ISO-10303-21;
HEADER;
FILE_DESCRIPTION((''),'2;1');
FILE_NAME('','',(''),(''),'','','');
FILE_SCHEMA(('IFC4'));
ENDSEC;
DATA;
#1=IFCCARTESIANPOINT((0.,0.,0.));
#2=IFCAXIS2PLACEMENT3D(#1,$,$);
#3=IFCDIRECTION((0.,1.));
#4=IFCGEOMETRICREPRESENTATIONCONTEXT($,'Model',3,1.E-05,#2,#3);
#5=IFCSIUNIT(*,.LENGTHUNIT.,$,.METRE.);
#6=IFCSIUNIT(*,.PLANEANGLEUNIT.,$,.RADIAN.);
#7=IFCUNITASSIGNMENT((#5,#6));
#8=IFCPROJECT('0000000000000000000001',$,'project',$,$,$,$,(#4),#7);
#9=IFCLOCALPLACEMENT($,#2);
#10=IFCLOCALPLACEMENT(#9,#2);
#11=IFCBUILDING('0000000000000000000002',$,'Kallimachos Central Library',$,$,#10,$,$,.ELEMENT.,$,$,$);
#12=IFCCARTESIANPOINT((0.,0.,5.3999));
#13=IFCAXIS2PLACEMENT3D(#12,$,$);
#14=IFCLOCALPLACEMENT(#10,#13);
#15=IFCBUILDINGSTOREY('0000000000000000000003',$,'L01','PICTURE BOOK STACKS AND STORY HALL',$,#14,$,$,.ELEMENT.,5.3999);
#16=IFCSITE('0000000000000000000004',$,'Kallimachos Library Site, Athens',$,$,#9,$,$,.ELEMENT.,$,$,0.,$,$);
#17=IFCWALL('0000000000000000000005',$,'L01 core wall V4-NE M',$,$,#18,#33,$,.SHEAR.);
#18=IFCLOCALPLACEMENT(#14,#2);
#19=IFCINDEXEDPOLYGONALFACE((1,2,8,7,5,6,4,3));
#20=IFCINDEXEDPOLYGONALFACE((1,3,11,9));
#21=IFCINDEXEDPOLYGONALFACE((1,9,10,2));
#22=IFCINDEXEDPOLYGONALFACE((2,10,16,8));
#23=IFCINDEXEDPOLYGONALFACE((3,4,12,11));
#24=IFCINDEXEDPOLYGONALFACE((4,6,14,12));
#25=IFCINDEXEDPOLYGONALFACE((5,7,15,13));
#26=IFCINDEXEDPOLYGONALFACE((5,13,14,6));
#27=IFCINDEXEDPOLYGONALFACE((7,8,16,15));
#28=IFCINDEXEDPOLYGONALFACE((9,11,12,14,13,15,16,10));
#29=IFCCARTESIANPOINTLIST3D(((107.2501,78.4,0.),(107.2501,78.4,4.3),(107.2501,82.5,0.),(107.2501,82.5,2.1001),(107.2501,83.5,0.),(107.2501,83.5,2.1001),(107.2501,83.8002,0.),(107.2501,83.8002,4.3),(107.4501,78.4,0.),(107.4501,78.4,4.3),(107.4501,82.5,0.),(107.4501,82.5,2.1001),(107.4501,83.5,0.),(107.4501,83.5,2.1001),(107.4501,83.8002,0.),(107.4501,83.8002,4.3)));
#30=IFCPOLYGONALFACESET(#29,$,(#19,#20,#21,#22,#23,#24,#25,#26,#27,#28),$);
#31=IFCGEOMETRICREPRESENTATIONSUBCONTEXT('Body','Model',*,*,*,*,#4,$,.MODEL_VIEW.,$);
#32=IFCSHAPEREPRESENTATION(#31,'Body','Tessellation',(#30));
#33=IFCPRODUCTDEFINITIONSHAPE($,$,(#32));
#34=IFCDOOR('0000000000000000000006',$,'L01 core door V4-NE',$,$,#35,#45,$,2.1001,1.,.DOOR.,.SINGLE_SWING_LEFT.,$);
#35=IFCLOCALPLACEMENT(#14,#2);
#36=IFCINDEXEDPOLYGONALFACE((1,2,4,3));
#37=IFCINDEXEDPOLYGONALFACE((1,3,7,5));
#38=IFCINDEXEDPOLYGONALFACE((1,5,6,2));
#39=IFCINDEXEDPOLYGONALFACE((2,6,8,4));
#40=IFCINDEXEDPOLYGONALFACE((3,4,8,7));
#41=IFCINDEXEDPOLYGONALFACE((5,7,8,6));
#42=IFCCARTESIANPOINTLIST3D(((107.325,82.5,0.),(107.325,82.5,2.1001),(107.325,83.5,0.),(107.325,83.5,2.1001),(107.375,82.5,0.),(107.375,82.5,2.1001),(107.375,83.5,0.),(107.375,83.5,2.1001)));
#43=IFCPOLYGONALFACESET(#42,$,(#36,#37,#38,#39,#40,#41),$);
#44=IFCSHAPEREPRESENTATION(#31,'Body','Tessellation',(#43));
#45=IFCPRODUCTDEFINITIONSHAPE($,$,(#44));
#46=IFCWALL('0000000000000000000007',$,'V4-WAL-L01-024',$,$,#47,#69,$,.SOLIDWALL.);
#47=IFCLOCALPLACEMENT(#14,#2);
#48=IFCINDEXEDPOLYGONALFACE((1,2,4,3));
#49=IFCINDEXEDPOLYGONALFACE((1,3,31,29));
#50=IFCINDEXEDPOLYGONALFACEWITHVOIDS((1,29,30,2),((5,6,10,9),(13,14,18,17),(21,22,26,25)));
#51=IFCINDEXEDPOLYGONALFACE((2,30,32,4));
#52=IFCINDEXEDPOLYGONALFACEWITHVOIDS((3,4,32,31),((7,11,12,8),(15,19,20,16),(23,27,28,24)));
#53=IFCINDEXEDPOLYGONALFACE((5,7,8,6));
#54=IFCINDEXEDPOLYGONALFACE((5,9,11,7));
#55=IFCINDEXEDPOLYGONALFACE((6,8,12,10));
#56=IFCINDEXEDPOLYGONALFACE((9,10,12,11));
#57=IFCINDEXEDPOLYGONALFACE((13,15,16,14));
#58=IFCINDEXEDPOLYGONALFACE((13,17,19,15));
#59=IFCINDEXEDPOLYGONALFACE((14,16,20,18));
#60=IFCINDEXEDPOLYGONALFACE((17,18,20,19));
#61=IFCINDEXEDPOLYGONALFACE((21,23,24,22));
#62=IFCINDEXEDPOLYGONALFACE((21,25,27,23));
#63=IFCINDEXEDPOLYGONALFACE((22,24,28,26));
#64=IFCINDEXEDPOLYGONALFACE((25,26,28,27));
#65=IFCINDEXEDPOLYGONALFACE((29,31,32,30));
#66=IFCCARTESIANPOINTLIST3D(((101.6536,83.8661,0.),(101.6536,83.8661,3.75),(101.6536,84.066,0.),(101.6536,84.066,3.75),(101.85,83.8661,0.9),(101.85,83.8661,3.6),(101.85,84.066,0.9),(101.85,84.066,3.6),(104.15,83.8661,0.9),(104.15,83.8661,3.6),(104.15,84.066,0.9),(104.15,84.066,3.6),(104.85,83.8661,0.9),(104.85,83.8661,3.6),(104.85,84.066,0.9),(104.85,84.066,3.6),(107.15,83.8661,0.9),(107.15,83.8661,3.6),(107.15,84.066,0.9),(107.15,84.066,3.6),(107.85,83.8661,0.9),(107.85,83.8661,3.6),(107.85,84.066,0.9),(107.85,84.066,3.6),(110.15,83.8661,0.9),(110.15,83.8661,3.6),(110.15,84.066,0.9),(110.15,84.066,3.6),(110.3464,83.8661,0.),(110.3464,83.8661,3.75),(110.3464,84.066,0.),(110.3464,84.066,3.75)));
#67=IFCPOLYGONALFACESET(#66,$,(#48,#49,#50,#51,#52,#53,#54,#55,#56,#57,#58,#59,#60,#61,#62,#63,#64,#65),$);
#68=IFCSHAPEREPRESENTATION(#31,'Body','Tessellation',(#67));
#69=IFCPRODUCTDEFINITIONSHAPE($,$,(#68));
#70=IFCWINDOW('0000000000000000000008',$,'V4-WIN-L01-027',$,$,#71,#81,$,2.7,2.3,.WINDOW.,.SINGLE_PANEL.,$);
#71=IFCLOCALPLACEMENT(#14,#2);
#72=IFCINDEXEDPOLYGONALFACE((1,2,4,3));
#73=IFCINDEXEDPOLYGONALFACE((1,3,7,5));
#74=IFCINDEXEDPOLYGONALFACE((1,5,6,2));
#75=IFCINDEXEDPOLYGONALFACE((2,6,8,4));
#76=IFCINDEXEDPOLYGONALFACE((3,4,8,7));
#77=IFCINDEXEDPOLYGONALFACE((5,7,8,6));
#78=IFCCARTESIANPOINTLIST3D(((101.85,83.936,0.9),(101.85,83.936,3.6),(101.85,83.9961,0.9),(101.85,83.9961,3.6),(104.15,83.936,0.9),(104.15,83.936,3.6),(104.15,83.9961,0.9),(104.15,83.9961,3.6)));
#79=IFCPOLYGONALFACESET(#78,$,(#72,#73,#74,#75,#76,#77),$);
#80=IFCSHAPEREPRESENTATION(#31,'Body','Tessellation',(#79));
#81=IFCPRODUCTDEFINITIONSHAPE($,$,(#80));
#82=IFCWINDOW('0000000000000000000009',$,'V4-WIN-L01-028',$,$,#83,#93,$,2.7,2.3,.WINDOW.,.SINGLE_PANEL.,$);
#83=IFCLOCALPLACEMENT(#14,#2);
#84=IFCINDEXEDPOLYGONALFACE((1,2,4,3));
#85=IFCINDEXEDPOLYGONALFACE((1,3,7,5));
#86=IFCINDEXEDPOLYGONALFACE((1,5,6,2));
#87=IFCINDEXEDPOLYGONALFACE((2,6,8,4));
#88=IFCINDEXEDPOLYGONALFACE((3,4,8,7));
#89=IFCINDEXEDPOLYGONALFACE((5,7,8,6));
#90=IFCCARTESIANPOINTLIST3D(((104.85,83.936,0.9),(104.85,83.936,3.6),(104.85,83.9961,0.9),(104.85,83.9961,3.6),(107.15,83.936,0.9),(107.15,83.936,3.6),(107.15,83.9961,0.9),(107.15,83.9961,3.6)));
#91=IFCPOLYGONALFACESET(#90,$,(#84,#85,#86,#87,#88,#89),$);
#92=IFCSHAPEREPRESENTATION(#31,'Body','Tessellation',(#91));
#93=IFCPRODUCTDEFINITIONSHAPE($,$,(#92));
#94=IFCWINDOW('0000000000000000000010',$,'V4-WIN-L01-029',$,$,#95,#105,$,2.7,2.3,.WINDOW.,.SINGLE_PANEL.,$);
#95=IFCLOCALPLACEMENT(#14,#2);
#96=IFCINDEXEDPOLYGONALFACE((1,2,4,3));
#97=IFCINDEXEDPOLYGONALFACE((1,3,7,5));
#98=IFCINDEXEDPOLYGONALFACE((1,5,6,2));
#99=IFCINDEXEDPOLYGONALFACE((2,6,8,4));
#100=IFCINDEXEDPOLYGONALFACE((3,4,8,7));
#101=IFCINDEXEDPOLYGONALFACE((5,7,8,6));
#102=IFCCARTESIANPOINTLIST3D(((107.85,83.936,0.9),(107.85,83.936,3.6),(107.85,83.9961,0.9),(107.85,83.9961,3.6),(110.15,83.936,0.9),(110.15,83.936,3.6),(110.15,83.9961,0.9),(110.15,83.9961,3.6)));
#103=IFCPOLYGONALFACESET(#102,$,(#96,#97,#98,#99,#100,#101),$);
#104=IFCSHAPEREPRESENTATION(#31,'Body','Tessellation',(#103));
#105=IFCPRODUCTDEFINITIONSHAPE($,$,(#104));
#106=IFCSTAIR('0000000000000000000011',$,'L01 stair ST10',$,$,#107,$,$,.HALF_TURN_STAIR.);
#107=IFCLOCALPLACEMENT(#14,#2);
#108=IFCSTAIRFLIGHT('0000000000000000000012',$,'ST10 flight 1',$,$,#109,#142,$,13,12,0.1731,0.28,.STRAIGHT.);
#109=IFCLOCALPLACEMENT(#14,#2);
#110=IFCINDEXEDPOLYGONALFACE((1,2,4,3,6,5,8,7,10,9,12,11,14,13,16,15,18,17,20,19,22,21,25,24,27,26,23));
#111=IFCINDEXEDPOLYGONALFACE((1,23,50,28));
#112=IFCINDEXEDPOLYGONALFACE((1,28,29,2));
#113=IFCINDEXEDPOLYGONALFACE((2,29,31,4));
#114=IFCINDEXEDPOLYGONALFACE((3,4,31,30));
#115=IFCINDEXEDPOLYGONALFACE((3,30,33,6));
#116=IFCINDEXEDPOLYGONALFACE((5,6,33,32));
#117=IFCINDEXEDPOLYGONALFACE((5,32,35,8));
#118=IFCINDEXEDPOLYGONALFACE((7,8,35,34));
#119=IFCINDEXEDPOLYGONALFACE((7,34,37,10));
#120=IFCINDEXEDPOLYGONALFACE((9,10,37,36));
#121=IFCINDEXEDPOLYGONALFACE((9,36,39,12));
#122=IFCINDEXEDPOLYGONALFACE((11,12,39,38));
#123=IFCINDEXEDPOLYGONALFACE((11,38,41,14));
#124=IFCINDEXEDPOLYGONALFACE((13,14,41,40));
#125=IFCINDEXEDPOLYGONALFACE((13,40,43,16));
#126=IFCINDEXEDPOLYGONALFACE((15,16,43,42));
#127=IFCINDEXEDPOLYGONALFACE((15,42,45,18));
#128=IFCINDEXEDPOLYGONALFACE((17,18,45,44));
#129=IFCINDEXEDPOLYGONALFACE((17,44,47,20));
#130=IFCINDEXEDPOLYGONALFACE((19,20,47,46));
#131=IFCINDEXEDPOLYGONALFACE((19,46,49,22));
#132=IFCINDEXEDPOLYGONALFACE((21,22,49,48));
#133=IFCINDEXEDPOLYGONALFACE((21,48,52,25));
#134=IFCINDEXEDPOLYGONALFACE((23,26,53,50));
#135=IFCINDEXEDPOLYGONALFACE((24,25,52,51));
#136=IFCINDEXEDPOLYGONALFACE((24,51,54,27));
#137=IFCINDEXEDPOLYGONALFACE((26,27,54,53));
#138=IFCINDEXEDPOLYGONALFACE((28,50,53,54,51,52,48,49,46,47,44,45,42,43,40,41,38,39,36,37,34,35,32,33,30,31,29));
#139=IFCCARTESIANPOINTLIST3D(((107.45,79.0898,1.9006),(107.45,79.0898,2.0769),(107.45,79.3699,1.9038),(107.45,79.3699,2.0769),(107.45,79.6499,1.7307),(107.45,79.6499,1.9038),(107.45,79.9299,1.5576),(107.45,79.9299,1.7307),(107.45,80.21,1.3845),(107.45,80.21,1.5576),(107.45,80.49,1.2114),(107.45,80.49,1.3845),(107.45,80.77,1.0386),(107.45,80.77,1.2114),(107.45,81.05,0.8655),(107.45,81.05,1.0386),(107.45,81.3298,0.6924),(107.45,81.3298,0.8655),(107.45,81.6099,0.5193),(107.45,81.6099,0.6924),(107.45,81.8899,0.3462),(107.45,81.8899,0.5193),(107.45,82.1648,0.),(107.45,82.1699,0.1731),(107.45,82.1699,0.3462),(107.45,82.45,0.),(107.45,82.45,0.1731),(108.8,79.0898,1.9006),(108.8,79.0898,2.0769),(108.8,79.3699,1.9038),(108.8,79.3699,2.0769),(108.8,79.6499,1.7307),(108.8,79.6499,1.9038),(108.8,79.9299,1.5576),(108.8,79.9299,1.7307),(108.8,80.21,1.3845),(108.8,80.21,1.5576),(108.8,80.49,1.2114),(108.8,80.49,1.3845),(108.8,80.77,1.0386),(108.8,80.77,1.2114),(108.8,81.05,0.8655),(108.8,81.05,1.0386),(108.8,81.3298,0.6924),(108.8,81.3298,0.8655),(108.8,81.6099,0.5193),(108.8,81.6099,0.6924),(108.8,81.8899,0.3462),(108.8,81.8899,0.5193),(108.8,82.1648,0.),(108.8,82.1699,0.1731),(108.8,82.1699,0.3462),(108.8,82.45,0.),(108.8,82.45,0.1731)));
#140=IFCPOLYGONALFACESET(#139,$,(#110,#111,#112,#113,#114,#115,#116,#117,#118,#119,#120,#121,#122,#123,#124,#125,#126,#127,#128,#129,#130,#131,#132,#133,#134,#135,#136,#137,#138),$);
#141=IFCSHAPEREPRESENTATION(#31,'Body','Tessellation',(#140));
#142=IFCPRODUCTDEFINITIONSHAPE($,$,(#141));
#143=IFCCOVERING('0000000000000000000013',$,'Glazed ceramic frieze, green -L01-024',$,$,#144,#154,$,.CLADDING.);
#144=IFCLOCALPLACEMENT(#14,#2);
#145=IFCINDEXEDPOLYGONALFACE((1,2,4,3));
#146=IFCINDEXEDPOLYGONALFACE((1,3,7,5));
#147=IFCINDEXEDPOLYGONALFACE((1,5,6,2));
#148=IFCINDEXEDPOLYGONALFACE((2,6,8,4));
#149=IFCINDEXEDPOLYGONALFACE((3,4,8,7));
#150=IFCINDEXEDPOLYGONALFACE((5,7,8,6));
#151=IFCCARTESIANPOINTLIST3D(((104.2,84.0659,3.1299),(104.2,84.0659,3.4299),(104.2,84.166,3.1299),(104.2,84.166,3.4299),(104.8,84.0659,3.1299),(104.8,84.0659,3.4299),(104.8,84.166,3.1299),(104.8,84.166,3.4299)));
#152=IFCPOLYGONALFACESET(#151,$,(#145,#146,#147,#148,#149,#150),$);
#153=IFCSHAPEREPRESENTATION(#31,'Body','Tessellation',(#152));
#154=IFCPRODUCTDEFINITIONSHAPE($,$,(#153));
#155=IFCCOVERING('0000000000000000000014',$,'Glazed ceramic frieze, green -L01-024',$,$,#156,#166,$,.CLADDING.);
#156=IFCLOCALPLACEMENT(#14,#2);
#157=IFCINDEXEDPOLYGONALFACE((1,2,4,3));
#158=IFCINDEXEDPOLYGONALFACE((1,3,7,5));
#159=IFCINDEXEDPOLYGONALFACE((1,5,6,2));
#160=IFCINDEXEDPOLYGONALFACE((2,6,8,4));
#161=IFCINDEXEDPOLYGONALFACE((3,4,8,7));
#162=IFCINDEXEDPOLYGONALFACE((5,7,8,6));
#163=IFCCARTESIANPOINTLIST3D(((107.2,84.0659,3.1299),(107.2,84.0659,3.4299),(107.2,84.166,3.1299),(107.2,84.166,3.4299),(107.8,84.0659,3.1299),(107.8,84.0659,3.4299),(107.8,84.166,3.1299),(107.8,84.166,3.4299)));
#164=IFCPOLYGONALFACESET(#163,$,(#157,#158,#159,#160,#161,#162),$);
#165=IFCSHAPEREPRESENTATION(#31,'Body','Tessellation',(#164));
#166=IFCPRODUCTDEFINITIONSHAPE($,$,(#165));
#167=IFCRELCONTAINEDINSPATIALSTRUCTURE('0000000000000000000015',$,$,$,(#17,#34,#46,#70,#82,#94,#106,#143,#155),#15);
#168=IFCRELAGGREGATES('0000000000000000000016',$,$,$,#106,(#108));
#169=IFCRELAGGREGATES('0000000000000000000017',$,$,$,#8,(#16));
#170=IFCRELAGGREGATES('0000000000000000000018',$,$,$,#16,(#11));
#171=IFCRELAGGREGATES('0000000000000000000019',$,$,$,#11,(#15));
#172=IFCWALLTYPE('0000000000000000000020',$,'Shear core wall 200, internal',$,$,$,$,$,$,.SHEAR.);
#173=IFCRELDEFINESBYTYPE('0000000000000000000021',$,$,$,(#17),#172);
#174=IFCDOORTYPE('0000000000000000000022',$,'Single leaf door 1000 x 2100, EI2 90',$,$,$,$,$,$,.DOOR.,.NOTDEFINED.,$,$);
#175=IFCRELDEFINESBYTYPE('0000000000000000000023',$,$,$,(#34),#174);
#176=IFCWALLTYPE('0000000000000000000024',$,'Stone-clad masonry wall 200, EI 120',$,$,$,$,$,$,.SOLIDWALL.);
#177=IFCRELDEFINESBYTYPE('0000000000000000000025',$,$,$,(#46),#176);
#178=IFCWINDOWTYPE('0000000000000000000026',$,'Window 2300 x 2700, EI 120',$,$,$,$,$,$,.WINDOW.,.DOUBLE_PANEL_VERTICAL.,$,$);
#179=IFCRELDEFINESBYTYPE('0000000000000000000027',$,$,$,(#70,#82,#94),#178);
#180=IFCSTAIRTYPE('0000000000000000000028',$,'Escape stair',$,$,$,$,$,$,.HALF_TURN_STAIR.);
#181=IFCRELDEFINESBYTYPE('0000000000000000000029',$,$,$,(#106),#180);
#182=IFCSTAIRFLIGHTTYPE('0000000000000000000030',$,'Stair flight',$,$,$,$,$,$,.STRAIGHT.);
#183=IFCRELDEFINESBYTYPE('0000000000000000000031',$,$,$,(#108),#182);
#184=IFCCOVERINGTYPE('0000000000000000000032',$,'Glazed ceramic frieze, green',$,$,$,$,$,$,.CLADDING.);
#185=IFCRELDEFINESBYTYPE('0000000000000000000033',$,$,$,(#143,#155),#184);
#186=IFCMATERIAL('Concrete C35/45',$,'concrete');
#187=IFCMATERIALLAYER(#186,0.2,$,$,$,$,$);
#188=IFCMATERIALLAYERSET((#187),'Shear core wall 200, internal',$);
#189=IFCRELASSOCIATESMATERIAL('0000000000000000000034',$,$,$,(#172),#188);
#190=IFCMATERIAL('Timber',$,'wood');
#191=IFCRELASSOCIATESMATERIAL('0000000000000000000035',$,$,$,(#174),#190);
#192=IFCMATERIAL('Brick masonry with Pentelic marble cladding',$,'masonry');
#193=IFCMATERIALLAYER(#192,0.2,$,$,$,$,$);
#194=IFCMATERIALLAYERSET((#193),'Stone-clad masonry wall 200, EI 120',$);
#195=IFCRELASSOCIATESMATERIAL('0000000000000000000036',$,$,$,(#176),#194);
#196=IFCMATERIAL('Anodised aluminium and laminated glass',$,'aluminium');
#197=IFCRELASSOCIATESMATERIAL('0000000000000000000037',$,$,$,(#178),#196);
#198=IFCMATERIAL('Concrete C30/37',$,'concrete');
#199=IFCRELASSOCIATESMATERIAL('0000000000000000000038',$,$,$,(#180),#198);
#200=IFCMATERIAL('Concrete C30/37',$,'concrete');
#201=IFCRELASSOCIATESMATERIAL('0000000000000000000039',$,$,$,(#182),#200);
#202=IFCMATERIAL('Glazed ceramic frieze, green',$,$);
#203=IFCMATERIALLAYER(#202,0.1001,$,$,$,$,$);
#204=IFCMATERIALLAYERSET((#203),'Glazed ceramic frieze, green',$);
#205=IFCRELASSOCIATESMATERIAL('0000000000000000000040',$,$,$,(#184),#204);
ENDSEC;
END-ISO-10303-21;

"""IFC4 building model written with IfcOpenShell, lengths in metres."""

from ifc_helpers import new_model, si_unit, direction, frame, frame_2d, origin, origin_2d, place, context, subcontext, project, spatial, polyline, rectangle, outline, extrude, material, layer, layer_set, type_object, element, fill, aggregate, save


model = new_model("IFC4")

# Units and contexts
model_context = context("Model", 3, precision=1e-05, world=origin(), true_north=direction((0.0, 1.0)))
body_context = subcontext(model_context, "Body", "Model", "MODEL_VIEW")
ifc_project = project(units=[si_unit("LENGTHUNIT", "METRE"), si_unit("PLANEANGLEUNIT", "RADIAN")], contexts=[model_context])

# Site, building, storey
site_placement = place(None, origin())
site = spatial("IfcSite", under=ifc_project, at=site_placement, Name="Kallimachos Library Site, Athens", CompositionType="ELEMENT", RefElevation=0.0)
building_placement = place(site_placement, origin())
building = spatial("IfcBuilding", under=site, at=building_placement, Name="Kallimachos Central Library", CompositionType="ELEMENT")
storey_placement = place(building_placement, frame((0.0, 0.0, 5.3999)))
storey = spatial("IfcBuildingStorey", under=building, at=storey_placement, Name="L01", Description="PICTURE BOOK STACKS AND STORY HALL", CompositionType="ELEMENT", Elevation=5.3999)

# Shared definitions
ifc_material_1 = material(Name="Concrete C35/45", Category="concrete")
ifc_layer_1 = layer(ifc_material_1, 0.2)
ifc_layer_set_1 = layer_set([ifc_layer_1], Name="Shear core wall 200, internal")
wall_type_1 = type_object("IfcWallType", Name="Shear core wall 200, internal", PredefinedType="SHEAR", material=ifc_layer_set_1)

# Wall, opening, door
wall_1_placement = place(storey_placement, frame((107.3501, 78.3999, 0.0), z_axis=(0.0, 0.0, 1.0), x_axis=(0.0, 1.0, 0.0)))
wall_1 = element("IfcWall", 1, at=wall_1_placement, inside=storey, type_object=wall_type_1, Name="L01 core wall V4-NE M", PredefinedType="SHEAR", context=body_context, shape_type="SweptSolid", body=[
    extrude(rectangle(XDim=5.4001, YDim=0.2, at=frame_2d((2.7002, 0.0))), origin(), (0.0, 0.0, 1.0), 4.3),
])
opening_1_placement = place(wall_1_placement, frame((4.1001, 0.0, 0.0)))
opening_1 = element("IfcOpeningElement", 2, at=opening_1_placement, cuts=wall_1, PredefinedType="OPENING", context=body_context, shape_type="SweptSolid", body=[
    extrude(rectangle(XDim=1.0, YDim=2.1001, at=frame_2d((0.5, 1.05))), frame((0.0, 0.1099, 0.0), z_axis=(0.0, -1.0, 0.0), x_axis=(1.0, 0.0, 0.0)), (0.0, 0.0, 1.0), 0.22),
])
ifc_material_2 = material(Name="Timber", Category="wood")
door_type_1 = type_object("IfcDoorType", Name="Single leaf door 1000 x 2100, EI2 90", OperationType="NOTDEFINED", PredefinedType="DOOR", material=ifc_material_2)
door_1_placement = place(opening_1_placement, frame((1.0, 0.0, 0.0), z_axis=(0.0, 0.0, 1.0), x_axis=(-1.0, 0.0, 0.0)))
door_1 = element("IfcDoor", 3, at=door_1_placement, inside=storey, type_object=door_type_1, Name="L01 core door V4-NE", OperationType="SINGLE_SWING_LEFT", OverallHeight=2.1001, OverallWidth=1.0, PredefinedType="DOOR", context=body_context, shape_type="SweptSolid", body=[
    extrude(rectangle(XDim=1.0, YDim=2.1001, at=frame_2d((0.5, 1.05))), frame((0.0, 0.0249, 0.0), z_axis=(0.0, -1.0, 0.0), x_axis=(1.0, 0.0, 0.0)), (0.0, 0.0, 1.0), 0.05),
])
fill(opening_1, door_1)

# Wall, openings, windows
ifc_material_3 = material(Name="Brick masonry with Pentelic marble cladding", Category="masonry")
ifc_layer_2 = layer(ifc_material_3, 0.2)
ifc_layer_set_2 = layer_set([ifc_layer_2], Name="Stone-clad masonry wall 200, EI 120")
wall_type_2 = type_object("IfcWallType", Name="Stone-clad masonry wall 200, EI 120", PredefinedType="SOLIDWALL", material=ifc_layer_set_2)
wall_2_placement = place(storey_placement, frame((101.6536, 83.9661, 0.0), z_axis=(0.0, 0.0, 1.0), x_axis=(1.0, 0.0, 0.0)))
wall_2 = element("IfcWall", 4, at=wall_2_placement, inside=storey, type_object=wall_type_2, Name="V4-WAL-L01-024", PredefinedType="SOLIDWALL", context=body_context, shape_type="SweptSolid", body=[
    extrude(rectangle(XDim=8.6929, YDim=0.2, at=frame_2d((4.3464, 0.0))), origin(), (0.0, 0.0, 1.0), 3.75),
])
opening_2_placement = place(wall_2_placement, frame((0.1965, 0.0, 0.8999)))
opening_2 = element("IfcOpeningElement", 5, at=opening_2_placement, cuts=wall_2, PredefinedType="OPENING", context=body_context, shape_type="SweptSolid", body=[
    extrude(rectangle(XDim=2.3, YDim=2.7, at=frame_2d((1.1499, 1.3501))), frame((0.0, 0.1099, 0.0), z_axis=(0.0, -1.0, 0.0), x_axis=(1.0, 0.0, 0.0)), (0.0, 0.0, 1.0), 0.22),
])
opening_3_placement = place(wall_2_placement, frame((3.1965, 0.0, 0.8999)))
opening_3 = element("IfcOpeningElement", 6, at=opening_3_placement, cuts=wall_2, PredefinedType="OPENING", context=body_context, shape_type="SweptSolid", body=[
    extrude(rectangle(XDim=2.3, YDim=2.7, at=frame_2d((1.1499, 1.3501))), frame((0.0, 0.1099, 0.0), z_axis=(0.0, -1.0, 0.0), x_axis=(1.0, 0.0, 0.0)), (0.0, 0.0, 1.0), 0.22),
])
opening_4_placement = place(wall_2_placement, frame((6.1965, 0.0, 0.8999)))
opening_4 = element("IfcOpeningElement", 7, at=opening_4_placement, cuts=wall_2, PredefinedType="OPENING", context=body_context, shape_type="SweptSolid", body=[
    extrude(rectangle(XDim=2.3, YDim=2.7, at=frame_2d((1.1499, 1.3501))), frame((0.0, 0.1099, 0.0), z_axis=(0.0, -1.0, 0.0), x_axis=(1.0, 0.0, 0.0)), (0.0, 0.0, 1.0), 0.22),
])
ifc_material_4 = material(Name="Anodised aluminium and laminated glass", Category="aluminium")
window_type = type_object("IfcWindowType", Name="Window 2300 x 2700, EI 120", PartitioningType="DOUBLE_PANEL_VERTICAL", PredefinedType="WINDOW", material=ifc_material_4)
window_1_placement = place(opening_2_placement, origin())
window_1 = element("IfcWindow", 8, at=window_1_placement, inside=storey, type_object=window_type, Name="V4-WIN-L01-027", OverallHeight=2.7, OverallWidth=2.3, PartitioningType="SINGLE_PANEL", PredefinedType="WINDOW", context=body_context, shape_type="SweptSolid", body=[
    extrude(rectangle(XDim=2.3, YDim=2.7, at=frame_2d((1.1499, 1.3501))), frame((0.0, 0.03, 0.0), z_axis=(0.0, -1.0, 0.0), x_axis=(1.0, 0.0, 0.0)), (0.0, 0.0, 1.0), 0.0601),
])
fill(opening_2, window_1)
window_2_placement = place(opening_3_placement, origin())
window_2 = element("IfcWindow", 9, at=window_2_placement, inside=storey, type_object=window_type, Name="V4-WIN-L01-028", OverallHeight=2.7, OverallWidth=2.3, PartitioningType="SINGLE_PANEL", PredefinedType="WINDOW", context=body_context, shape_type="SweptSolid", body=[
    extrude(rectangle(XDim=2.3, YDim=2.7, at=frame_2d((1.1499, 1.3501))), frame((0.0, 0.03, 0.0), z_axis=(0.0, -1.0, 0.0), x_axis=(1.0, 0.0, 0.0)), (0.0, 0.0, 1.0), 0.0601),
])
fill(opening_3, window_2)
window_3_placement = place(opening_4_placement, origin())
window_3 = element("IfcWindow", 10, at=window_3_placement, inside=storey, type_object=window_type, Name="V4-WIN-L01-029", OverallHeight=2.7, OverallWidth=2.3, PartitioningType="SINGLE_PANEL", PredefinedType="WINDOW", context=body_context, shape_type="SweptSolid", body=[
    extrude(rectangle(XDim=2.3, YDim=2.7, at=frame_2d((1.1499, 1.3501))), frame((0.0, 0.03, 0.0), z_axis=(0.0, -1.0, 0.0), x_axis=(1.0, 0.0, 0.0)), (0.0, 0.0, 1.0), 0.0601),
])
fill(opening_4, window_3)

# Stair, stair flight
ifc_material_5 = material(Name="Concrete C30/37", Category="concrete")
stair_type = type_object("IfcStairType", Name="Escape stair", PredefinedType="HALF_TURN_STAIR", material=ifc_material_5)
stair_placement = place(storey_placement, origin())
stair = element("IfcStair", 11, at=stair_placement, inside=storey, type_object=stair_type, Name="L01 stair ST10", PredefinedType="HALF_TURN_STAIR")
ifc_material_6 = material(Name="Concrete C30/37", Category="concrete")
stair_flight_type = type_object("IfcStairFlightType", Name="Stair flight", PredefinedType="STRAIGHT", material=ifc_material_6)
stair_flight_placement = place(storey_placement, frame((108.125, 82.45, 0.0), z_axis=(0.0, 0.0, 1.0), x_axis=(0.0, -1.0, 0.0)))
stair_flight = element("IfcStairFlight", 12, at=stair_flight_placement, type_object=stair_flight_type, Name="ST10 flight 1", NumberOfRisers=13, NumberOfTreads=12, PredefinedType="STRAIGHT", RiserHeight=0.1731, TreadLength=0.28, context=body_context, shape_type="SweptSolid", body=[
    extrude(outline(polyline([(0.0, 0.0), (0.0, 0.1731), (0.28, 0.1731), (0.28, 0.3462), (0.5601, 0.3462), (0.5601, 0.5193), (0.8401, 0.5193), (0.8401, 0.6924), (1.1201, 0.6924), (1.1201, 0.8655), (1.3999, 0.8655), (1.3999, 1.0386), (1.6799, 1.0386), (1.6799, 1.2114), (1.96, 1.2114), (1.96, 1.3845), (2.24, 1.3845), (2.24, 1.5576), (2.52, 1.5576), (2.52, 1.7307), (2.8, 1.7307), (2.8, 1.9038), (3.0801, 1.9038), (3.0801, 2.0769), (3.3601, 2.0769), (3.3601, 2.25), (3.3601, 1.9006), (0.2852, 0.0), (0.0, 0.0)])), frame((0.0, 0.675, 0.0), z_axis=(0.0, -1.0, 0.0), x_axis=(1.0, 0.0, 0.0)), (0.0, 0.0, 1.0), 1.3501),
])
aggregate(stair, [stair_flight])

# Coverings
ifc_material_7 = material(Name="Glazed ceramic frieze, green")
ifc_layer_3 = layer(ifc_material_7, 0.1001)
ifc_layer_set_3 = layer_set([ifc_layer_3], Name="Glazed ceramic frieze, green")
covering_type_1 = type_object("IfcCoveringType", Name="Glazed ceramic frieze, green", PredefinedType="CLADDING", material=ifc_layer_set_3)
for number, where, z_axis, x_axis, name in (
    (13, (104.5, 84.116, 3.1299), (0.0, 0.0, 1.0), (1.0, 0.0, 0.0), "Glazed ceramic frieze, green -L01-024"),
    (14, (107.5, 84.116, 3.1299), (0.0, 0.0, 1.0), (1.0, 0.0, 0.0), "Glazed ceramic frieze, green -L01-024"),
):
    element("IfcCovering", number, at=place(storey_placement, frame(where, z_axis=z_axis, x_axis=x_axis)), inside=storey, type_object=covering_type_1, Name=name, PredefinedType="CLADDING", context=body_context, shape_type="SweptSolid", body=[
        extrude(rectangle(XDim=0.6001, YDim=0.1001, at=origin_2d()), origin(), (0.0, 0.0, 1.0), 0.3),
    ])

save(model, "model.ifc")
